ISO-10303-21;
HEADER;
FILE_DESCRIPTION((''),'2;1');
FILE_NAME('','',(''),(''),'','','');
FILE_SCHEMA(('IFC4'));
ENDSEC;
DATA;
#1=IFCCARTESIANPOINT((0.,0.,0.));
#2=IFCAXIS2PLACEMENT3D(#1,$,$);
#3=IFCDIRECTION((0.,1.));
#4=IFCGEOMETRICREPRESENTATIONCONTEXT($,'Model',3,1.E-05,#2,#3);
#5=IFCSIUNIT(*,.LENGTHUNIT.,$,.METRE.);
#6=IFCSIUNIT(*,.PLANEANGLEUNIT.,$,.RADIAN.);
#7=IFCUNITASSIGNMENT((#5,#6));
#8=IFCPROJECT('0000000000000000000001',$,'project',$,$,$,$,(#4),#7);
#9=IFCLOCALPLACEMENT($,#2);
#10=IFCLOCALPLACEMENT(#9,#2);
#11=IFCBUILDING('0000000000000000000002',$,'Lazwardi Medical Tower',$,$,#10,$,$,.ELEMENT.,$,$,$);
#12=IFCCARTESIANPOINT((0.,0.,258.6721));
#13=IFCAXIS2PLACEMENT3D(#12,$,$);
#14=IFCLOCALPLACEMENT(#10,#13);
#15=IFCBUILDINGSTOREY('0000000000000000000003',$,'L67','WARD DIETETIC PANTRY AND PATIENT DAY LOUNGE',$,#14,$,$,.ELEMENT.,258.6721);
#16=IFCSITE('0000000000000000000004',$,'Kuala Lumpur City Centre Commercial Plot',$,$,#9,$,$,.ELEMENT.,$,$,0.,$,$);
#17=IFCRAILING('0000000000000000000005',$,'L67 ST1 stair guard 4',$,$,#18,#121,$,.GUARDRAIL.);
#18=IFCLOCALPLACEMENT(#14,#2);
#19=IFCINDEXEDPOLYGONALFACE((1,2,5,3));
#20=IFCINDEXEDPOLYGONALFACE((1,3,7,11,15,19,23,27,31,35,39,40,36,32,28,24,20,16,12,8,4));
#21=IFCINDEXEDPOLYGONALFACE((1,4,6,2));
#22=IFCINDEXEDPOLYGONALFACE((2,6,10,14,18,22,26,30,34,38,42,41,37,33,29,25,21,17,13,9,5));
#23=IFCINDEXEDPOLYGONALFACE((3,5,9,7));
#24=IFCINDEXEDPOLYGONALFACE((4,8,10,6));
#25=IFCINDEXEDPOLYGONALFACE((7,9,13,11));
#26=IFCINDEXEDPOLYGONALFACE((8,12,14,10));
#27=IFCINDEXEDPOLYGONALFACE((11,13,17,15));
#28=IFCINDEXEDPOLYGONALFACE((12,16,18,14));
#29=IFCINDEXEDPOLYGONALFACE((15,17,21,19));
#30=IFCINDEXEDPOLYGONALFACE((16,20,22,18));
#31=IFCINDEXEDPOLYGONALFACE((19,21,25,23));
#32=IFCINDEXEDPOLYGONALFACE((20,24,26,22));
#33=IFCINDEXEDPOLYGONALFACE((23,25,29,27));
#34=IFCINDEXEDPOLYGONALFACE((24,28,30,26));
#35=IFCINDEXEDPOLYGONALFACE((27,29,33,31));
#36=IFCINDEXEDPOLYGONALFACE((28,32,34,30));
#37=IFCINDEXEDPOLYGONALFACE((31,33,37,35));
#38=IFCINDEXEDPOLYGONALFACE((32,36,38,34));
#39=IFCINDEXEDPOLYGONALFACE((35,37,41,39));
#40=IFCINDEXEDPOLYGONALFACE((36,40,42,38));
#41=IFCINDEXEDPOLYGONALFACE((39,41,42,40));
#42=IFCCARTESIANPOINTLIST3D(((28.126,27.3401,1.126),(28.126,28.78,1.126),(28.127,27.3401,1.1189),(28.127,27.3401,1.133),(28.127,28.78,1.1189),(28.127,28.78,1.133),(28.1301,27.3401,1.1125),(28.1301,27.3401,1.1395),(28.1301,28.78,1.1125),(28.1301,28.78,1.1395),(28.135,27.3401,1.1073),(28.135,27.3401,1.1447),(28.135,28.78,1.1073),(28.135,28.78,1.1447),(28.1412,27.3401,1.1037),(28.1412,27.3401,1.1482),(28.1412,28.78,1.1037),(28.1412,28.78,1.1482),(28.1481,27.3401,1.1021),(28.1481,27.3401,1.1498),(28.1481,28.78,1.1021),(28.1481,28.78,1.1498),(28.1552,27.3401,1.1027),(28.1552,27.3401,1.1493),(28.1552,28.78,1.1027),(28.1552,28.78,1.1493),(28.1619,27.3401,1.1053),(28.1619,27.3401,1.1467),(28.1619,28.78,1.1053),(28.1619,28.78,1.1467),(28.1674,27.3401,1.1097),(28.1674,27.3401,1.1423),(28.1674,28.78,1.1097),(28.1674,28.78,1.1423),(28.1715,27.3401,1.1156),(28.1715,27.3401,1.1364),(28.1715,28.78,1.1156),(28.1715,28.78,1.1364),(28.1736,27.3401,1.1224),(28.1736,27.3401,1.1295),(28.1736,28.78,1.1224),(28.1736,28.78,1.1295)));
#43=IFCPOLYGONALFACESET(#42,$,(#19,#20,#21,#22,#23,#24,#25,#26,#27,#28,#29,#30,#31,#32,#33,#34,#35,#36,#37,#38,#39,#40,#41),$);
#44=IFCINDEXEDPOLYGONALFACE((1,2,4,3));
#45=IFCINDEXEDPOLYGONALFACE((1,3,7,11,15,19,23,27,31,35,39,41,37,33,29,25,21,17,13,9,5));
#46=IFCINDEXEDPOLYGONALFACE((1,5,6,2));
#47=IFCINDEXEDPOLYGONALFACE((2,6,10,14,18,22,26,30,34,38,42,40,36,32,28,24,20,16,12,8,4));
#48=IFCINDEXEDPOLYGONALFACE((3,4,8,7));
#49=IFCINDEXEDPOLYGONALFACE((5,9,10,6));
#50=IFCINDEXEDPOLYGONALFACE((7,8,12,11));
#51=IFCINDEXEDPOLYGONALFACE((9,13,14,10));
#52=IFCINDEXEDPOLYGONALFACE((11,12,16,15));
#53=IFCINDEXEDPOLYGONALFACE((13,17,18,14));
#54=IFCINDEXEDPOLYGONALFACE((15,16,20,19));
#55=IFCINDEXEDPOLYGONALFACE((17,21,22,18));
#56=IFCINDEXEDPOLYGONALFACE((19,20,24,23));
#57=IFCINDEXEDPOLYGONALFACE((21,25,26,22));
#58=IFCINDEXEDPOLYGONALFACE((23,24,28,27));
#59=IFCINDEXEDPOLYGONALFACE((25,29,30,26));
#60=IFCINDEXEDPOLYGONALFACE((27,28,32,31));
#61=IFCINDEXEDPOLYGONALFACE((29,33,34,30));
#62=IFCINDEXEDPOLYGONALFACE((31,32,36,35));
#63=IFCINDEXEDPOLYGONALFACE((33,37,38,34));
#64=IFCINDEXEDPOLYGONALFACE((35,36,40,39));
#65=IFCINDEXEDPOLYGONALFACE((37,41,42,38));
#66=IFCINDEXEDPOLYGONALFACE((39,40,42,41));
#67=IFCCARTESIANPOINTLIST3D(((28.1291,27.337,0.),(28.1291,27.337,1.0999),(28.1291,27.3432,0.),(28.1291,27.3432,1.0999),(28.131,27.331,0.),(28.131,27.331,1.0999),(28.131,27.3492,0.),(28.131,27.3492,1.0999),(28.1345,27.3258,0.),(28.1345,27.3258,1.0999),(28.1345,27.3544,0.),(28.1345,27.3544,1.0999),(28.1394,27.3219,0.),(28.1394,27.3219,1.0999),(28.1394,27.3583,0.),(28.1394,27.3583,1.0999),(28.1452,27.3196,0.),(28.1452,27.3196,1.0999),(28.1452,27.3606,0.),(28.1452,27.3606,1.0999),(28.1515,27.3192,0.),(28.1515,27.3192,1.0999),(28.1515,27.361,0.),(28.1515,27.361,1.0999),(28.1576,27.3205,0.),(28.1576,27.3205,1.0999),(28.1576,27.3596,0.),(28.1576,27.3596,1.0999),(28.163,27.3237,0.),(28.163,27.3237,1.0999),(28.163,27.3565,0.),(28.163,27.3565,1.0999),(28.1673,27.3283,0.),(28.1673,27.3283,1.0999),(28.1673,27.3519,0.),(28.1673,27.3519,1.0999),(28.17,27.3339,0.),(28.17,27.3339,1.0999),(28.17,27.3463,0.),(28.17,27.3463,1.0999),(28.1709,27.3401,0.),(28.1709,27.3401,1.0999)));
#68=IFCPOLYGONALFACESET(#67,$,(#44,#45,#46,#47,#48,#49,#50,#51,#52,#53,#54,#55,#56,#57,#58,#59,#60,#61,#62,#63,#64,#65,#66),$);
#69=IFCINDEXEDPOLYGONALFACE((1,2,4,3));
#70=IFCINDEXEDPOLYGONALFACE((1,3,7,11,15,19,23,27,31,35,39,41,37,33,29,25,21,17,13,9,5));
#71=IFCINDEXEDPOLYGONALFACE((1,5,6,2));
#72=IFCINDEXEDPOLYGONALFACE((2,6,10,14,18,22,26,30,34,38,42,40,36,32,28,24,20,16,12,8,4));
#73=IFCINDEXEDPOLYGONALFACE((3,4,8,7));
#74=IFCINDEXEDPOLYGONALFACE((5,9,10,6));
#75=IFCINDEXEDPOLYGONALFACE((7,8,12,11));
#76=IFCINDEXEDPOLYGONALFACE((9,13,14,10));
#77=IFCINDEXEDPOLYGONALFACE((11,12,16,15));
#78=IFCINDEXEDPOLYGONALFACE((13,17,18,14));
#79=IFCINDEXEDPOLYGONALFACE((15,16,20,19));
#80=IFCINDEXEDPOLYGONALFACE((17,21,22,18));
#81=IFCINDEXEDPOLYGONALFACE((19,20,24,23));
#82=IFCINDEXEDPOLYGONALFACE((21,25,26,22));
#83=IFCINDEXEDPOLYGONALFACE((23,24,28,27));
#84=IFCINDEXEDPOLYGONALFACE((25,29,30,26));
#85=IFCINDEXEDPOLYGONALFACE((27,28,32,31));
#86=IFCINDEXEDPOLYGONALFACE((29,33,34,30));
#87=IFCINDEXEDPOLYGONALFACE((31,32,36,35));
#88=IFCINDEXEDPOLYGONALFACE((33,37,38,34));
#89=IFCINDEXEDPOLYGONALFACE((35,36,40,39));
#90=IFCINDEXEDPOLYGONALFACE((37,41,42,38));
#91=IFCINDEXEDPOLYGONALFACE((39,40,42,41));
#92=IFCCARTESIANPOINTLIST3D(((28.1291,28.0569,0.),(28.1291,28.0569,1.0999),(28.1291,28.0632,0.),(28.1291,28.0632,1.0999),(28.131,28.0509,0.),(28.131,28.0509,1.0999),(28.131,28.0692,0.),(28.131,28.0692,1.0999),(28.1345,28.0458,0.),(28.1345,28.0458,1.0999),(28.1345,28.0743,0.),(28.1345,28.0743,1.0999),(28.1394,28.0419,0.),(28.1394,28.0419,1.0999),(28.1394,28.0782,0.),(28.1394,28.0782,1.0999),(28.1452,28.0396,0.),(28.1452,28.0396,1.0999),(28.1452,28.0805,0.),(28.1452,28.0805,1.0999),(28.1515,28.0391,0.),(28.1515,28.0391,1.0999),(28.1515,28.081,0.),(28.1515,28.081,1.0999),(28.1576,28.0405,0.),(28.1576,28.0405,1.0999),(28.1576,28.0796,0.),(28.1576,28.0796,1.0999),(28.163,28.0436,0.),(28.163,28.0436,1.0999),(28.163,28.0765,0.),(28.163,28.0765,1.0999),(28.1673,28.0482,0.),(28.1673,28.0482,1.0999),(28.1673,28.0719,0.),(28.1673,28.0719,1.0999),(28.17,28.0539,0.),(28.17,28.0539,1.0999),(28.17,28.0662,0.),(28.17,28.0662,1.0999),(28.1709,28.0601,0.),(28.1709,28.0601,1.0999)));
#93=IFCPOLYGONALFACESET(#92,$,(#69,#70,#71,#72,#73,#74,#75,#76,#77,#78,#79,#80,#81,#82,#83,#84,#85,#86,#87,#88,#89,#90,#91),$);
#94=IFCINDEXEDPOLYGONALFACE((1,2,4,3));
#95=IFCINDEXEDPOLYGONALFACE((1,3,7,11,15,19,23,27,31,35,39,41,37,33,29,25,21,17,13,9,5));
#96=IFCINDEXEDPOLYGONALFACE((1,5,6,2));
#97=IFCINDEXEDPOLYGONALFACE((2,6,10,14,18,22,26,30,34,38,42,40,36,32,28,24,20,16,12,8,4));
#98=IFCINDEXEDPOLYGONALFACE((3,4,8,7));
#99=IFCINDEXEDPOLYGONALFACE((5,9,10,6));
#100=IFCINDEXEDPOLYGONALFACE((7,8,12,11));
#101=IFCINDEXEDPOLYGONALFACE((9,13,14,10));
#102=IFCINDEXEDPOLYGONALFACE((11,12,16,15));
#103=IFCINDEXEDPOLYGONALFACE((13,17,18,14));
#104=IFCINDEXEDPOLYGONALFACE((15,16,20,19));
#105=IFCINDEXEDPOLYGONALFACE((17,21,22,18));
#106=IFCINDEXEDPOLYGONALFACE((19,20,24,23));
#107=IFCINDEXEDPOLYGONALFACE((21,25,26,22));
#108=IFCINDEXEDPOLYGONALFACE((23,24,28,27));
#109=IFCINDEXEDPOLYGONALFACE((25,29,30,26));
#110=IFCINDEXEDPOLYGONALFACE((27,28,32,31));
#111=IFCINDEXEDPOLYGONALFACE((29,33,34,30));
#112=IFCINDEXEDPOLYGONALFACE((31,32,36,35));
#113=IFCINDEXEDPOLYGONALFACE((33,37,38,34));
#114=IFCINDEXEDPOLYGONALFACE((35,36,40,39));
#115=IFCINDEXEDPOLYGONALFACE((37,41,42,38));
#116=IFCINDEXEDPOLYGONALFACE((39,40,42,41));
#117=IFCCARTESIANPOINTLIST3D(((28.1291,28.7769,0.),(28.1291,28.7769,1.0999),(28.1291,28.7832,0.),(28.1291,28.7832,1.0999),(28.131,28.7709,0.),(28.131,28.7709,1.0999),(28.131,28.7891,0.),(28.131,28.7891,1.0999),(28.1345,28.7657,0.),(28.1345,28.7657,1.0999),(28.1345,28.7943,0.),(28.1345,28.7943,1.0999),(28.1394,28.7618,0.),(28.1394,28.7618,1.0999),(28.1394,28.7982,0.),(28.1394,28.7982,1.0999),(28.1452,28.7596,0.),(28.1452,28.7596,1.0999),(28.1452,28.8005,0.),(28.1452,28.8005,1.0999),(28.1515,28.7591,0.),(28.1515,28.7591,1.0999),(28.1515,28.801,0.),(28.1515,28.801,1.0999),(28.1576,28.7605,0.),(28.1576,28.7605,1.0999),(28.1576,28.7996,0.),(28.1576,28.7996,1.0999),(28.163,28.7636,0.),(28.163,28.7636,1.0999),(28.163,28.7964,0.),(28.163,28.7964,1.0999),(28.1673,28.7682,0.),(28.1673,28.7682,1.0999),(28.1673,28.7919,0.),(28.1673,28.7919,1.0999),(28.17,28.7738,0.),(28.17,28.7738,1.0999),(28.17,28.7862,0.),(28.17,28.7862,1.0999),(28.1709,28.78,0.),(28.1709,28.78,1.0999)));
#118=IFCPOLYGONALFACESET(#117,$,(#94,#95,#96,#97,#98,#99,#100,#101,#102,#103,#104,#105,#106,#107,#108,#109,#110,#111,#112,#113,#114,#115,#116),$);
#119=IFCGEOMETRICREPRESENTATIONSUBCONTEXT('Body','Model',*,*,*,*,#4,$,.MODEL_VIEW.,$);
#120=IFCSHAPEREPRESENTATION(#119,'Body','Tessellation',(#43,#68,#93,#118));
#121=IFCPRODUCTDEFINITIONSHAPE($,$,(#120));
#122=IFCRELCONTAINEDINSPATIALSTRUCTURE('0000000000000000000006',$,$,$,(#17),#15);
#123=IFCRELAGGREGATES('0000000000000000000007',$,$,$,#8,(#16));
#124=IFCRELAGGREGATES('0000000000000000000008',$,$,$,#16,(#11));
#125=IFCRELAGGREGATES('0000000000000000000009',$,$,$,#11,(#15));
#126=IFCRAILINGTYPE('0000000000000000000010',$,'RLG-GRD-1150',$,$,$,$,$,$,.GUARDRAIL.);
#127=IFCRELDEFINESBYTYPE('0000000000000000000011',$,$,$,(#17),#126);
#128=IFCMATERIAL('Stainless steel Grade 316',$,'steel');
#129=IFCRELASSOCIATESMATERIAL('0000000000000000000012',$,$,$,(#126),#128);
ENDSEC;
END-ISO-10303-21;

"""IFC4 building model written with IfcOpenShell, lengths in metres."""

from ifc_helpers import new_model, si_unit, direction, frame, origin, origin_2d, place, context, subcontext, project, spatial, circle, extrude, material, type_object, element, save


model = new_model("IFC4")

# Units and contexts
model_context = context("Model", 3, precision=1e-05, world=origin(), true_north=direction((0.0, 1.0)))
body_context = subcontext(model_context, "Body", "Model", "MODEL_VIEW")
ifc_project = project(units=[si_unit("LENGTHUNIT", "METRE"), si_unit("PLANEANGLEUNIT", "RADIAN")], contexts=[model_context])

# Site, building, storey
site_placement = place(None, origin())
site = spatial("IfcSite", under=ifc_project, at=site_placement, Name="Kuala Lumpur City Centre Commercial Plot", CompositionType="ELEMENT", RefElevation=0.0)
building_placement = place(site_placement, origin())
building = spatial("IfcBuilding", under=site, at=building_placement, Name="Lazwardi Medical Tower", CompositionType="ELEMENT")
storey_placement = place(building_placement, frame((0.0, 0.0, 258.6721)))
storey = spatial("IfcBuildingStorey", under=building, at=storey_placement, Name="L67", Description="WARD DIETETIC PANTRY AND PATIENT DAY LOUNGE", CompositionType="ELEMENT", Elevation=258.6721)

# Railing
ifc_material_1 = material(Name="Stainless steel Grade 316", Category="steel")
railing_type_1 = type_object("IfcRailingType", Name="RLG-GRD-1150", PredefinedType="GUARDRAIL", material=ifc_material_1)
railing_1_placement = place(storey_placement, frame((28.1499, 27.3401, 0.0)))
element("IfcRailing", 1, at=railing_1_placement, inside=storey, type_object=railing_type_1, Name="L67 ST1 stair guard 4", PredefinedType="GUARDRAIL", context=body_context, shape_type="SweptSolid", body=[
    extrude(circle(Radius=0.0239, at=origin_2d()), frame((0.0, 0.0, 1.126), z_axis=(0.0, 1.0, 0.0), x_axis=(-1.0, 0.0, 0.0)), (0.0, 0.0, 1.0), 1.4399),
    extrude(circle(Radius=0.021, at=origin_2d()), origin(), (0.0, 0.0, 1.0), 1.0999),
    extrude(circle(Radius=0.021, at=origin_2d()), frame((0.0, 0.72, 0.0)), (0.0, 0.0, 1.0), 1.0999),
    extrude(circle(Radius=0.021, at=origin_2d()), frame((0.0, 1.4399, 0.0)), (0.0, 0.0, 1.0), 1.0999),
])

save(model, "model.ifc")
